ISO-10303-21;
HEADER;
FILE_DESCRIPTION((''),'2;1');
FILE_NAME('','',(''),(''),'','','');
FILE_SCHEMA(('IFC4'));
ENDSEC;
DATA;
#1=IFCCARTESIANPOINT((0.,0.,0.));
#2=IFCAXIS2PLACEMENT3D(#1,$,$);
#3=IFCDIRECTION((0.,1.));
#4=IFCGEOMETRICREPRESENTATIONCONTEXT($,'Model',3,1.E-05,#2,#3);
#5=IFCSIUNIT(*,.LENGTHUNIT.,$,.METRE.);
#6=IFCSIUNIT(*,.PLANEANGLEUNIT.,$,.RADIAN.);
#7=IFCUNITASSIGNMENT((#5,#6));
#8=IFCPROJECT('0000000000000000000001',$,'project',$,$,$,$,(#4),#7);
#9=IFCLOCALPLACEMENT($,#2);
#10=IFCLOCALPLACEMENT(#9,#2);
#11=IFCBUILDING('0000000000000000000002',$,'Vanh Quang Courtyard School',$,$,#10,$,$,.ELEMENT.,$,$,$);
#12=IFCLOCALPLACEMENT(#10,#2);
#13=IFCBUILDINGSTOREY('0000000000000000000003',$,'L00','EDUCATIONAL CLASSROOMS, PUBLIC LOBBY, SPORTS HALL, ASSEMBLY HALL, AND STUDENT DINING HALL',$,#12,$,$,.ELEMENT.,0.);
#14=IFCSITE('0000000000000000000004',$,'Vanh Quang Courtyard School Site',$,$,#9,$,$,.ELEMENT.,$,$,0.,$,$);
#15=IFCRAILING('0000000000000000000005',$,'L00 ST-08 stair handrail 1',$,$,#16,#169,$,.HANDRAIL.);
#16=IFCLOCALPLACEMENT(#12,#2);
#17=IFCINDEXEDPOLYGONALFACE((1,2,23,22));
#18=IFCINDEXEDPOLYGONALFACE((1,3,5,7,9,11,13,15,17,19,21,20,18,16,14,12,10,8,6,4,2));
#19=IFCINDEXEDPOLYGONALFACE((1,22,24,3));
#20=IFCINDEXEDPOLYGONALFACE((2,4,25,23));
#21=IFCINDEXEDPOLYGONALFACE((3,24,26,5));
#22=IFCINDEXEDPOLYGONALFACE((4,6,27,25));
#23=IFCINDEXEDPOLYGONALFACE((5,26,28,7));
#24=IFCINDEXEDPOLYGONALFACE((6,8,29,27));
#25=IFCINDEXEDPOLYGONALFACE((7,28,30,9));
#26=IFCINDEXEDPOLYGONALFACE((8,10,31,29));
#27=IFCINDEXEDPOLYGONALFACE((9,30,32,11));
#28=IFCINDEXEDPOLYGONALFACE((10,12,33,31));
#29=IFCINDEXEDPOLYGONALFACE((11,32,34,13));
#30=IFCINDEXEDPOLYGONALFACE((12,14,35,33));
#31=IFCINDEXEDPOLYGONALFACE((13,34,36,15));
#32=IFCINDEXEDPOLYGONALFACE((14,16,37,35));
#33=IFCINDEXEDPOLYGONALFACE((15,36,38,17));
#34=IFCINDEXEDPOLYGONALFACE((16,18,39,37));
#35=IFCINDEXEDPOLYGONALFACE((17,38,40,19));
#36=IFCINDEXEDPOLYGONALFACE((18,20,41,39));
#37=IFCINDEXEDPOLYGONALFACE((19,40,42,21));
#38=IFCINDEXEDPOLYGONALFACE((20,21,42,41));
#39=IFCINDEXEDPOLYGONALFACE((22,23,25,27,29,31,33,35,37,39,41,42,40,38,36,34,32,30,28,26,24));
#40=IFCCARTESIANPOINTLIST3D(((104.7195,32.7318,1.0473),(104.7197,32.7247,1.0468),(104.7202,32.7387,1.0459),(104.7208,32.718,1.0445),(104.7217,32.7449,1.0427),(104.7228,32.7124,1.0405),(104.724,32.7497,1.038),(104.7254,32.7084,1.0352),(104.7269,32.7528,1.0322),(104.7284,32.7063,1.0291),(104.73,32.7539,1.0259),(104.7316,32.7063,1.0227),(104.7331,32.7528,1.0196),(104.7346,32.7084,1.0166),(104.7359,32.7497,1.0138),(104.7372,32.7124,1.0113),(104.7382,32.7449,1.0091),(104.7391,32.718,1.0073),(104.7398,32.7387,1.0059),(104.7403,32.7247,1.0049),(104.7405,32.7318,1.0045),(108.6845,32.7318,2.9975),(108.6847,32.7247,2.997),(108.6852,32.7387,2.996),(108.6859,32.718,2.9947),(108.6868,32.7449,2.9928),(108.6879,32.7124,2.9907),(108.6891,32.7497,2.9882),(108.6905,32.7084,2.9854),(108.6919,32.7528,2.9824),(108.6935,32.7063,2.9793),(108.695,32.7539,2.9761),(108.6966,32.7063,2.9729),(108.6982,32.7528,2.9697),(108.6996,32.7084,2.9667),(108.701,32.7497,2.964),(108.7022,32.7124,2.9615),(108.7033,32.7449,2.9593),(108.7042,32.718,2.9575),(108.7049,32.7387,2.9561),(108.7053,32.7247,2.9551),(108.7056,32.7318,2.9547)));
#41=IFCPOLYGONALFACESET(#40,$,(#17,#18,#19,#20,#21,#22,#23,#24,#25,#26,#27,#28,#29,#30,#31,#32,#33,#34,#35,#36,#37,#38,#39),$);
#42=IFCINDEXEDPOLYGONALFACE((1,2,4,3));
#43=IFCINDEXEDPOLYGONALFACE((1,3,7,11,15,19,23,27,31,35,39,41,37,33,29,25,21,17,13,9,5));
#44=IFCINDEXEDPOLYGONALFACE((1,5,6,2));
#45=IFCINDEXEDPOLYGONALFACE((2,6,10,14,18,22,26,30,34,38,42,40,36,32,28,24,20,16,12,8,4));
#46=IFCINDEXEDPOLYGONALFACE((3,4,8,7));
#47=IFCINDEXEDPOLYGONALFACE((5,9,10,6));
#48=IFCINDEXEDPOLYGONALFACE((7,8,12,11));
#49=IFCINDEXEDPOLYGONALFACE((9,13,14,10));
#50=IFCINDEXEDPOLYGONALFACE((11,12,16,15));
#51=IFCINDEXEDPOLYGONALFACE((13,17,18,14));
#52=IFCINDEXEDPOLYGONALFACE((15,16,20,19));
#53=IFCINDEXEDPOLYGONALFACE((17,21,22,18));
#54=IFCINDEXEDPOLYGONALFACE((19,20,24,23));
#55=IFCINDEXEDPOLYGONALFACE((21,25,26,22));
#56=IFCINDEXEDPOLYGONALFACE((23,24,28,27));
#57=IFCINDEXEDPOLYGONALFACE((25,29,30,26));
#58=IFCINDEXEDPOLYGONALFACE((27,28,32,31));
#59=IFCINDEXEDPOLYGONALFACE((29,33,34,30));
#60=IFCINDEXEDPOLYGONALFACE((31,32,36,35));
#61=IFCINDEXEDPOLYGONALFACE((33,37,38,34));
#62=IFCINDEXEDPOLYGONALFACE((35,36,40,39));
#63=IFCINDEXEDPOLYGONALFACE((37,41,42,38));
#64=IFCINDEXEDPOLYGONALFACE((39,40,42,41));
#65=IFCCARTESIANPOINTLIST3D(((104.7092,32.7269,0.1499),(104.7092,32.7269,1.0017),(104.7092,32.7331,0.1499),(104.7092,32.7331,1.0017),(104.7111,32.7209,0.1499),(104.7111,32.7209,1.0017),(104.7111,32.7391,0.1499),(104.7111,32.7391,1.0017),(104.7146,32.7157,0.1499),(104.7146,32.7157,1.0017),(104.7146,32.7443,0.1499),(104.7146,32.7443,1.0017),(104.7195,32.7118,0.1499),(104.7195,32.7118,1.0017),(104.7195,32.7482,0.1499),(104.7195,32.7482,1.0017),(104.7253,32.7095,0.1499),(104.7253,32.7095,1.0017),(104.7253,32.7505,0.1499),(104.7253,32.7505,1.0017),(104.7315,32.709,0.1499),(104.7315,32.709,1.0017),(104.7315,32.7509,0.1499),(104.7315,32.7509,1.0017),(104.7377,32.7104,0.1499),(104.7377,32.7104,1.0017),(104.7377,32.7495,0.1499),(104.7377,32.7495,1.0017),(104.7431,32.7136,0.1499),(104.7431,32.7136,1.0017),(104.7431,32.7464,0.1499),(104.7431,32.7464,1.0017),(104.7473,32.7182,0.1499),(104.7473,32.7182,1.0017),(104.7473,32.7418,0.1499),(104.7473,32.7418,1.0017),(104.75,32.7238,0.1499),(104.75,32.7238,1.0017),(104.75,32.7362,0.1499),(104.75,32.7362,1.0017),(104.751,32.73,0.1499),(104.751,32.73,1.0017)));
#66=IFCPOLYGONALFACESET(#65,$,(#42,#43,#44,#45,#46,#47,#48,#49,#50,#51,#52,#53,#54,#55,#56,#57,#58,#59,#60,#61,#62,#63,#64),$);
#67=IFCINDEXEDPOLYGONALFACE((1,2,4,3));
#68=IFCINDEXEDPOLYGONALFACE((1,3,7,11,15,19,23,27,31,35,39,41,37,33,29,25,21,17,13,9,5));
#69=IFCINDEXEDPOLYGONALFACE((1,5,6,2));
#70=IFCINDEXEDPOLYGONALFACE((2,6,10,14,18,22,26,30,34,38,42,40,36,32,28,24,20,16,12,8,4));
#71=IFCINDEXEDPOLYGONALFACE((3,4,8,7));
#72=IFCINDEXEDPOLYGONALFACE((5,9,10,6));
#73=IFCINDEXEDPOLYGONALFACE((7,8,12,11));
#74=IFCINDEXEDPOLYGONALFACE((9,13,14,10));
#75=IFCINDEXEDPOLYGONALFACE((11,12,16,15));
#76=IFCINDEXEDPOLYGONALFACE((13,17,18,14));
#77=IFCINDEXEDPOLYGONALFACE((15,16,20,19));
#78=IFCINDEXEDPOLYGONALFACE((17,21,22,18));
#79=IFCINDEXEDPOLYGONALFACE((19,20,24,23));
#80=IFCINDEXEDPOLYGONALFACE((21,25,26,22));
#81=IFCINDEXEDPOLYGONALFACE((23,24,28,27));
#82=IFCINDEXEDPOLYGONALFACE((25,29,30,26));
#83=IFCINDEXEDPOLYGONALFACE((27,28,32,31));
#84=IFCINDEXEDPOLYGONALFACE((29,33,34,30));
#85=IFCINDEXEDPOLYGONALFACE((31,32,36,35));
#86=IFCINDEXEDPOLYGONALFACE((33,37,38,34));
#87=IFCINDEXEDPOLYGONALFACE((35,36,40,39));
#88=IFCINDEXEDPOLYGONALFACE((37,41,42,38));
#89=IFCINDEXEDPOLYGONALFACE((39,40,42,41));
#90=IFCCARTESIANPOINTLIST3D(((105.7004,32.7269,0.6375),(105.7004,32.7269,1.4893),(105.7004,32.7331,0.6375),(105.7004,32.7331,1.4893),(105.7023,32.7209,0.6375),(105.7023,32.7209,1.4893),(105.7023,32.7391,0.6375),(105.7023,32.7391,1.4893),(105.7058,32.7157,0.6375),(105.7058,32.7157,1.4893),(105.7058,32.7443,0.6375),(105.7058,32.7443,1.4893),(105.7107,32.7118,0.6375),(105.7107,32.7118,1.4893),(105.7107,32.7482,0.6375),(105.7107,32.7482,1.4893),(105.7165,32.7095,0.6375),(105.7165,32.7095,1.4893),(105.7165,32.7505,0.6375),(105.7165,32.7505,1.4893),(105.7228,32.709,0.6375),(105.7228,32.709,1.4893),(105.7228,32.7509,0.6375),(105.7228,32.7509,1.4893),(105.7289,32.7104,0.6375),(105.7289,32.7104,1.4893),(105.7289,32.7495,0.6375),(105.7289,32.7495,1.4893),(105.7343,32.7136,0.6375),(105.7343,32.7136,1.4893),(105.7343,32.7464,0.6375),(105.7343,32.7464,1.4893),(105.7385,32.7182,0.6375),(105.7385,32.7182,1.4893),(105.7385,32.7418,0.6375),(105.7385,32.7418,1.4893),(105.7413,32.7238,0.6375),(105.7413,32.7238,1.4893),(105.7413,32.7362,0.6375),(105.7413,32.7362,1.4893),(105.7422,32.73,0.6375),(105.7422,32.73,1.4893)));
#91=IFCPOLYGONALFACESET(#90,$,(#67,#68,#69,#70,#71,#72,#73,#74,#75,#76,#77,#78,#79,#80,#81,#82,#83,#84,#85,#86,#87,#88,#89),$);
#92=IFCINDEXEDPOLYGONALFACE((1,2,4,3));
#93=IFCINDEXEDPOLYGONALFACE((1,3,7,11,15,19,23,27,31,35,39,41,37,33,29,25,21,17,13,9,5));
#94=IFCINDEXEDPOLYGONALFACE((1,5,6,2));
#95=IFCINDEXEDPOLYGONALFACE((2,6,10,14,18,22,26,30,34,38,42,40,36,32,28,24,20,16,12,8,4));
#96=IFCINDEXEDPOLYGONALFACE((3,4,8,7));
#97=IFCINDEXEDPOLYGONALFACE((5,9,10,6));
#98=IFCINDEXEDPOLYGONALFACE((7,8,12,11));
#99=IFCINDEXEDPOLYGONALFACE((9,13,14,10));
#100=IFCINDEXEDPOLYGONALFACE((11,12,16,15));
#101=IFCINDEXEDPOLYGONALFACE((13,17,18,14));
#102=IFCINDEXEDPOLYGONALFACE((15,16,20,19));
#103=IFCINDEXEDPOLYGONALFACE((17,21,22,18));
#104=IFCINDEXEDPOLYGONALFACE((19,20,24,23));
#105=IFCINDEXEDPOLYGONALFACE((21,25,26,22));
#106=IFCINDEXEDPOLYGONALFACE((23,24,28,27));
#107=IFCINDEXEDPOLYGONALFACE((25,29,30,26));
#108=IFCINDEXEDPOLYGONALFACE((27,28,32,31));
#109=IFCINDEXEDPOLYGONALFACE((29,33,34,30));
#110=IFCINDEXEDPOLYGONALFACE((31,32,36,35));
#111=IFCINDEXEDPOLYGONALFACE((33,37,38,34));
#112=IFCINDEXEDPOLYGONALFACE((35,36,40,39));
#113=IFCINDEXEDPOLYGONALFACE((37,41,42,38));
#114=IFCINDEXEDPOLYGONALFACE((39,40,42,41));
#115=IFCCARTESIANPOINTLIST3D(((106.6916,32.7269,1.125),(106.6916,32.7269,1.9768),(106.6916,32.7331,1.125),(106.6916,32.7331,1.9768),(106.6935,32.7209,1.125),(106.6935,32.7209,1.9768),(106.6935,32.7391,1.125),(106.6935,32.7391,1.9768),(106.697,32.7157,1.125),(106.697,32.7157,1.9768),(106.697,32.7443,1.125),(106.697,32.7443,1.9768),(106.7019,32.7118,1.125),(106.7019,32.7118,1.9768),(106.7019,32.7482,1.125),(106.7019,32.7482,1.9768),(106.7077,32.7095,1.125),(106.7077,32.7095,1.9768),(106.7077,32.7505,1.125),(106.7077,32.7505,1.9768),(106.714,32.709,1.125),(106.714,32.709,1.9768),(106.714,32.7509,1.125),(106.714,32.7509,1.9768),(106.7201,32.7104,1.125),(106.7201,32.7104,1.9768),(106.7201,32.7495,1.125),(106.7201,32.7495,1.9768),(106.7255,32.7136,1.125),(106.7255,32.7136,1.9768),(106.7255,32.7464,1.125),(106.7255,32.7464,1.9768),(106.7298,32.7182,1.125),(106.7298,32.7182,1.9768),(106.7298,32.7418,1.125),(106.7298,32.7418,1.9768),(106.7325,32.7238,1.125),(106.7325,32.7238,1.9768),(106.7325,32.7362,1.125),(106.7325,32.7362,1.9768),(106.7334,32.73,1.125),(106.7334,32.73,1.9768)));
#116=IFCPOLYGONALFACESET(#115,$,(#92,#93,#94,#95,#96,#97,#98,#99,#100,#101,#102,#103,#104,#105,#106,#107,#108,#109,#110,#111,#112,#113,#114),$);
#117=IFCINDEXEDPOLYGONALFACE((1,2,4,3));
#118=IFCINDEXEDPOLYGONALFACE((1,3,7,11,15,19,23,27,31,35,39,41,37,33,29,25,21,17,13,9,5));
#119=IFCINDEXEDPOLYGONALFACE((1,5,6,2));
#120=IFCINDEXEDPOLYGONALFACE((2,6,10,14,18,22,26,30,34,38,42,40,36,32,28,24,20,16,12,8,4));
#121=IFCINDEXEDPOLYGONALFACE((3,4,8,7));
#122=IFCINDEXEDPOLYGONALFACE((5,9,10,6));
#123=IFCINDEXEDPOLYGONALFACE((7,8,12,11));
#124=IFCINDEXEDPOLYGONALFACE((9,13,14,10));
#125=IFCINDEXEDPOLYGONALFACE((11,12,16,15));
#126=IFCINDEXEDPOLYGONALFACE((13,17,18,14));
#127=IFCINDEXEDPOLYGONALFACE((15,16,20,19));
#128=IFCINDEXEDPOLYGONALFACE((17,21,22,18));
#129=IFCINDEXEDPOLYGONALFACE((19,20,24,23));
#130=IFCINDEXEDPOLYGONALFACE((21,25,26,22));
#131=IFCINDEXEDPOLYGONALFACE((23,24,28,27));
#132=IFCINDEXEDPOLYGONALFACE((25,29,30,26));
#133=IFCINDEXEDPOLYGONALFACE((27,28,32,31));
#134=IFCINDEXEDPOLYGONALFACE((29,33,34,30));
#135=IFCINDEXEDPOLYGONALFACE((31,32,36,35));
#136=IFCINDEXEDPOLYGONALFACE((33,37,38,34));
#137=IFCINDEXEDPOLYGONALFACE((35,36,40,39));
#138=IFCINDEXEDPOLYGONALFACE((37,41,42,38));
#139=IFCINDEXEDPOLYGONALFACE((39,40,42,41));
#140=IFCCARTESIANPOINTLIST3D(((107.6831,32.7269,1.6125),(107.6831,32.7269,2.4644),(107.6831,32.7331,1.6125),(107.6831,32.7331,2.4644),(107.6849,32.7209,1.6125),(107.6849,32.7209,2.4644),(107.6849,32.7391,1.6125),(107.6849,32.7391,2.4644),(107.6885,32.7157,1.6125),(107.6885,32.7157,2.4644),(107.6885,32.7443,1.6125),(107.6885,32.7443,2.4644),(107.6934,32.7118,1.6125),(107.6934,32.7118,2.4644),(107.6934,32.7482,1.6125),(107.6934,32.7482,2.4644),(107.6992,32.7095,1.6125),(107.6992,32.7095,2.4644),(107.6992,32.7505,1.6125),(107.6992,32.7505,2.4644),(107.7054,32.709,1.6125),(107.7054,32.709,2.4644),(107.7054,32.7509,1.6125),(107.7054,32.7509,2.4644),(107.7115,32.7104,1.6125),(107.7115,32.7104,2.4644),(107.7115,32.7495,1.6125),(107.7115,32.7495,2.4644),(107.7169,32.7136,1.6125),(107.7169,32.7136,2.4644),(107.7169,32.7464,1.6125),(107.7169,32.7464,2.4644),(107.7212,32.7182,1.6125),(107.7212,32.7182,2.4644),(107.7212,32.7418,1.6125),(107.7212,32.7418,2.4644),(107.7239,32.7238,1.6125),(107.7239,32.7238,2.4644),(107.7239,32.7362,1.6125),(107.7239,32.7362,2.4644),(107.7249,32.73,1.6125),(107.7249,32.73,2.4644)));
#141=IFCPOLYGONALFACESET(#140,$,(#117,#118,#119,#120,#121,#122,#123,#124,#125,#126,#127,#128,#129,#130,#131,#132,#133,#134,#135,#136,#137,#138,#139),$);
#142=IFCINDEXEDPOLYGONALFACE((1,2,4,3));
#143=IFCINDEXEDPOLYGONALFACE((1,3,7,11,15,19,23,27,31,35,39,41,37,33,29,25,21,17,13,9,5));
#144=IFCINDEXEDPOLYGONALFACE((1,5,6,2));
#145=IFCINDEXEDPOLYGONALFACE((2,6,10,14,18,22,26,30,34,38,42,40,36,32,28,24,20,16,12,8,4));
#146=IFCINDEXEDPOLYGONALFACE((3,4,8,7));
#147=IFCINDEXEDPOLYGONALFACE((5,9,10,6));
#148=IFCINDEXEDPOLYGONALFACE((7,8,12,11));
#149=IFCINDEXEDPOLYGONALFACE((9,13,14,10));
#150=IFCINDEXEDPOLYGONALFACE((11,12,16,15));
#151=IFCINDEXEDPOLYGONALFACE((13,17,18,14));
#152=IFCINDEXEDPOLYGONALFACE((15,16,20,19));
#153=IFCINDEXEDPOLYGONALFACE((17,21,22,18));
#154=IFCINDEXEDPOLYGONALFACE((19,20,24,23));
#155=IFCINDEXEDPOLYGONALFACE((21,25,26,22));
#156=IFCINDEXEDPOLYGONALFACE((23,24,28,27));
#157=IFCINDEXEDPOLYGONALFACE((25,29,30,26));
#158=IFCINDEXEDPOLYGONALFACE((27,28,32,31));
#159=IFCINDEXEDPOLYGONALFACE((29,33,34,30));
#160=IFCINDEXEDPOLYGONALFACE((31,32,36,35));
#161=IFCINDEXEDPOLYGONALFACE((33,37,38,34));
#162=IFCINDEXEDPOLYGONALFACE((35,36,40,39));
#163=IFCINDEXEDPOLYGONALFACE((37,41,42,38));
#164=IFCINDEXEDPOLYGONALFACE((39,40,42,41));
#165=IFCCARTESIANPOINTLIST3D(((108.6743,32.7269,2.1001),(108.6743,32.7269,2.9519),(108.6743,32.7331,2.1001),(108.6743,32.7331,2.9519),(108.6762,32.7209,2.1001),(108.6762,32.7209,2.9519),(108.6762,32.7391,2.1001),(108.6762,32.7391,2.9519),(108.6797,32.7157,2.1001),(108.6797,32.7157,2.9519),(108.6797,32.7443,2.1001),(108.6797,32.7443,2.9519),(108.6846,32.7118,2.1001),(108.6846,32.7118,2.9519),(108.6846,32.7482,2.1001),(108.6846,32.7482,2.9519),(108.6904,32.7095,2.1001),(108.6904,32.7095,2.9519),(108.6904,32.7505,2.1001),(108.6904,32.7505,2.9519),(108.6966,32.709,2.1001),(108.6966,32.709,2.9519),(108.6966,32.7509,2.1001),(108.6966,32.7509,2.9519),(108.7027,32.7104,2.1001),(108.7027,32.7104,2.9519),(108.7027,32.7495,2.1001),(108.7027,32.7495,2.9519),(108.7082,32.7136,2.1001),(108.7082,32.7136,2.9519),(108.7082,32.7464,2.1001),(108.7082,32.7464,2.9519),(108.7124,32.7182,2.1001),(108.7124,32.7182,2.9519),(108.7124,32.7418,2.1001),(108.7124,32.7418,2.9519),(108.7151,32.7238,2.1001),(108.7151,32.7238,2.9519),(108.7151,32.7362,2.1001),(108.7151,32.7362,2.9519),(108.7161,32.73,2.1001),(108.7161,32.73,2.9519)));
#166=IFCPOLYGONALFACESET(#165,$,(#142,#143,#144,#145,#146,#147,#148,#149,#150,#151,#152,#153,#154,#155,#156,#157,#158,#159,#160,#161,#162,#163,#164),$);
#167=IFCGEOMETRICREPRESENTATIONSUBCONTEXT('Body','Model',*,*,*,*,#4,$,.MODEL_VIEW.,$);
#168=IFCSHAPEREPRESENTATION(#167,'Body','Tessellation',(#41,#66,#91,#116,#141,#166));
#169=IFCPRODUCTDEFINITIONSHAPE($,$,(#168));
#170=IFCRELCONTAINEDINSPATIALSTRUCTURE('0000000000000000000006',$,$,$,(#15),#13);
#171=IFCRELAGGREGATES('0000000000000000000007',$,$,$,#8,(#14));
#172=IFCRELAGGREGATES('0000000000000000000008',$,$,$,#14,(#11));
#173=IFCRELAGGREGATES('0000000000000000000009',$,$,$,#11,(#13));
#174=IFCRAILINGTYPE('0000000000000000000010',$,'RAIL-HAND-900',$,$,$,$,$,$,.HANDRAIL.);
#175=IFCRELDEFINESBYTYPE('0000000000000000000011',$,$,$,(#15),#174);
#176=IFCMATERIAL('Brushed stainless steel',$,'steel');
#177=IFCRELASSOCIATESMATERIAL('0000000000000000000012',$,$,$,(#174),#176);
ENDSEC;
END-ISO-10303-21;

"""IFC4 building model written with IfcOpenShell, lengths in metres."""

from ifc_helpers import new_model, si_unit, direction, frame, origin, origin_2d, place, context, subcontext, project, spatial, circle, extrude, material, type_object, element, save


model = new_model("IFC4")

# Units and contexts
model_context = context("Model", 3, precision=1e-05, world=origin(), true_north=direction((0.0, 1.0)))
body_context = subcontext(model_context, "Body", "Model", "MODEL_VIEW")
ifc_project = project(units=[si_unit("LENGTHUNIT", "METRE"), si_unit("PLANEANGLEUNIT", "RADIAN")], contexts=[model_context])

# Site, building, storey
site_placement = place(None, origin())
site = spatial("IfcSite", under=ifc_project, at=site_placement, Name="Vanh Quang Courtyard School Site", CompositionType="ELEMENT", RefElevation=0.0)
building_placement = place(site_placement, origin())
building = spatial("IfcBuilding", under=site, at=building_placement, Name="Vanh Quang Courtyard School", CompositionType="ELEMENT")
storey_placement = place(building_placement, origin())
storey = spatial("IfcBuildingStorey", under=building, at=storey_placement, Name="L00", Description="EDUCATIONAL CLASSROOMS, PUBLIC LOBBY, SPORTS HALL, ASSEMBLY HALL, AND STUDENT DINING HALL", CompositionType="ELEMENT", Elevation=0.0)

# Railing
ifc_material_1 = material(Name="Brushed stainless steel", Category="steel")
railing_type_1 = type_object("IfcRailingType", Name="RAIL-HAND-900", PredefinedType="HANDRAIL", material=ifc_material_1)
railing_1_placement = place(storey_placement, frame((104.73, 32.73, 0.1499)))
element("IfcRailing", 1, at=railing_1_placement, inside=storey, type_object=railing_type_1, Name="L00 ST-08 stair handrail 1", PredefinedType="HANDRAIL", context=body_context, shape_type="SweptSolid", body=[
    extrude(circle(Radius=0.0239, at=origin_2d()), frame((0.0, 0.0, 0.876), z_axis=(0.897336, 0.0, 0.441347), x_axis=(0.0, 1.0, 0.0)), (0.0, 0.0, 1.0), 4.4187),
    extrude(circle(Radius=0.021, at=origin_2d()), origin(), (0.0, 0.0, 1.0), 0.8518),
    extrude(circle(Radius=0.021, at=origin_2d()), frame((0.9912, 0.0, 0.4875)), (0.0, 0.0, 1.0), 0.8518),
    extrude(circle(Radius=0.021, at=origin_2d()), frame((1.9824, 0.0, 0.9751)), (0.0, 0.0, 1.0), 0.8518),
    extrude(circle(Radius=0.021, at=origin_2d()), frame((2.9739, 0.0, 1.4626)), (0.0, 0.0, 1.0), 0.8518),
    extrude(circle(Radius=0.021, at=origin_2d()), frame((3.9651, 0.0, 1.9502)), (0.0, 0.0, 1.0), 0.8518),
])

save(model, "model.ifc")
